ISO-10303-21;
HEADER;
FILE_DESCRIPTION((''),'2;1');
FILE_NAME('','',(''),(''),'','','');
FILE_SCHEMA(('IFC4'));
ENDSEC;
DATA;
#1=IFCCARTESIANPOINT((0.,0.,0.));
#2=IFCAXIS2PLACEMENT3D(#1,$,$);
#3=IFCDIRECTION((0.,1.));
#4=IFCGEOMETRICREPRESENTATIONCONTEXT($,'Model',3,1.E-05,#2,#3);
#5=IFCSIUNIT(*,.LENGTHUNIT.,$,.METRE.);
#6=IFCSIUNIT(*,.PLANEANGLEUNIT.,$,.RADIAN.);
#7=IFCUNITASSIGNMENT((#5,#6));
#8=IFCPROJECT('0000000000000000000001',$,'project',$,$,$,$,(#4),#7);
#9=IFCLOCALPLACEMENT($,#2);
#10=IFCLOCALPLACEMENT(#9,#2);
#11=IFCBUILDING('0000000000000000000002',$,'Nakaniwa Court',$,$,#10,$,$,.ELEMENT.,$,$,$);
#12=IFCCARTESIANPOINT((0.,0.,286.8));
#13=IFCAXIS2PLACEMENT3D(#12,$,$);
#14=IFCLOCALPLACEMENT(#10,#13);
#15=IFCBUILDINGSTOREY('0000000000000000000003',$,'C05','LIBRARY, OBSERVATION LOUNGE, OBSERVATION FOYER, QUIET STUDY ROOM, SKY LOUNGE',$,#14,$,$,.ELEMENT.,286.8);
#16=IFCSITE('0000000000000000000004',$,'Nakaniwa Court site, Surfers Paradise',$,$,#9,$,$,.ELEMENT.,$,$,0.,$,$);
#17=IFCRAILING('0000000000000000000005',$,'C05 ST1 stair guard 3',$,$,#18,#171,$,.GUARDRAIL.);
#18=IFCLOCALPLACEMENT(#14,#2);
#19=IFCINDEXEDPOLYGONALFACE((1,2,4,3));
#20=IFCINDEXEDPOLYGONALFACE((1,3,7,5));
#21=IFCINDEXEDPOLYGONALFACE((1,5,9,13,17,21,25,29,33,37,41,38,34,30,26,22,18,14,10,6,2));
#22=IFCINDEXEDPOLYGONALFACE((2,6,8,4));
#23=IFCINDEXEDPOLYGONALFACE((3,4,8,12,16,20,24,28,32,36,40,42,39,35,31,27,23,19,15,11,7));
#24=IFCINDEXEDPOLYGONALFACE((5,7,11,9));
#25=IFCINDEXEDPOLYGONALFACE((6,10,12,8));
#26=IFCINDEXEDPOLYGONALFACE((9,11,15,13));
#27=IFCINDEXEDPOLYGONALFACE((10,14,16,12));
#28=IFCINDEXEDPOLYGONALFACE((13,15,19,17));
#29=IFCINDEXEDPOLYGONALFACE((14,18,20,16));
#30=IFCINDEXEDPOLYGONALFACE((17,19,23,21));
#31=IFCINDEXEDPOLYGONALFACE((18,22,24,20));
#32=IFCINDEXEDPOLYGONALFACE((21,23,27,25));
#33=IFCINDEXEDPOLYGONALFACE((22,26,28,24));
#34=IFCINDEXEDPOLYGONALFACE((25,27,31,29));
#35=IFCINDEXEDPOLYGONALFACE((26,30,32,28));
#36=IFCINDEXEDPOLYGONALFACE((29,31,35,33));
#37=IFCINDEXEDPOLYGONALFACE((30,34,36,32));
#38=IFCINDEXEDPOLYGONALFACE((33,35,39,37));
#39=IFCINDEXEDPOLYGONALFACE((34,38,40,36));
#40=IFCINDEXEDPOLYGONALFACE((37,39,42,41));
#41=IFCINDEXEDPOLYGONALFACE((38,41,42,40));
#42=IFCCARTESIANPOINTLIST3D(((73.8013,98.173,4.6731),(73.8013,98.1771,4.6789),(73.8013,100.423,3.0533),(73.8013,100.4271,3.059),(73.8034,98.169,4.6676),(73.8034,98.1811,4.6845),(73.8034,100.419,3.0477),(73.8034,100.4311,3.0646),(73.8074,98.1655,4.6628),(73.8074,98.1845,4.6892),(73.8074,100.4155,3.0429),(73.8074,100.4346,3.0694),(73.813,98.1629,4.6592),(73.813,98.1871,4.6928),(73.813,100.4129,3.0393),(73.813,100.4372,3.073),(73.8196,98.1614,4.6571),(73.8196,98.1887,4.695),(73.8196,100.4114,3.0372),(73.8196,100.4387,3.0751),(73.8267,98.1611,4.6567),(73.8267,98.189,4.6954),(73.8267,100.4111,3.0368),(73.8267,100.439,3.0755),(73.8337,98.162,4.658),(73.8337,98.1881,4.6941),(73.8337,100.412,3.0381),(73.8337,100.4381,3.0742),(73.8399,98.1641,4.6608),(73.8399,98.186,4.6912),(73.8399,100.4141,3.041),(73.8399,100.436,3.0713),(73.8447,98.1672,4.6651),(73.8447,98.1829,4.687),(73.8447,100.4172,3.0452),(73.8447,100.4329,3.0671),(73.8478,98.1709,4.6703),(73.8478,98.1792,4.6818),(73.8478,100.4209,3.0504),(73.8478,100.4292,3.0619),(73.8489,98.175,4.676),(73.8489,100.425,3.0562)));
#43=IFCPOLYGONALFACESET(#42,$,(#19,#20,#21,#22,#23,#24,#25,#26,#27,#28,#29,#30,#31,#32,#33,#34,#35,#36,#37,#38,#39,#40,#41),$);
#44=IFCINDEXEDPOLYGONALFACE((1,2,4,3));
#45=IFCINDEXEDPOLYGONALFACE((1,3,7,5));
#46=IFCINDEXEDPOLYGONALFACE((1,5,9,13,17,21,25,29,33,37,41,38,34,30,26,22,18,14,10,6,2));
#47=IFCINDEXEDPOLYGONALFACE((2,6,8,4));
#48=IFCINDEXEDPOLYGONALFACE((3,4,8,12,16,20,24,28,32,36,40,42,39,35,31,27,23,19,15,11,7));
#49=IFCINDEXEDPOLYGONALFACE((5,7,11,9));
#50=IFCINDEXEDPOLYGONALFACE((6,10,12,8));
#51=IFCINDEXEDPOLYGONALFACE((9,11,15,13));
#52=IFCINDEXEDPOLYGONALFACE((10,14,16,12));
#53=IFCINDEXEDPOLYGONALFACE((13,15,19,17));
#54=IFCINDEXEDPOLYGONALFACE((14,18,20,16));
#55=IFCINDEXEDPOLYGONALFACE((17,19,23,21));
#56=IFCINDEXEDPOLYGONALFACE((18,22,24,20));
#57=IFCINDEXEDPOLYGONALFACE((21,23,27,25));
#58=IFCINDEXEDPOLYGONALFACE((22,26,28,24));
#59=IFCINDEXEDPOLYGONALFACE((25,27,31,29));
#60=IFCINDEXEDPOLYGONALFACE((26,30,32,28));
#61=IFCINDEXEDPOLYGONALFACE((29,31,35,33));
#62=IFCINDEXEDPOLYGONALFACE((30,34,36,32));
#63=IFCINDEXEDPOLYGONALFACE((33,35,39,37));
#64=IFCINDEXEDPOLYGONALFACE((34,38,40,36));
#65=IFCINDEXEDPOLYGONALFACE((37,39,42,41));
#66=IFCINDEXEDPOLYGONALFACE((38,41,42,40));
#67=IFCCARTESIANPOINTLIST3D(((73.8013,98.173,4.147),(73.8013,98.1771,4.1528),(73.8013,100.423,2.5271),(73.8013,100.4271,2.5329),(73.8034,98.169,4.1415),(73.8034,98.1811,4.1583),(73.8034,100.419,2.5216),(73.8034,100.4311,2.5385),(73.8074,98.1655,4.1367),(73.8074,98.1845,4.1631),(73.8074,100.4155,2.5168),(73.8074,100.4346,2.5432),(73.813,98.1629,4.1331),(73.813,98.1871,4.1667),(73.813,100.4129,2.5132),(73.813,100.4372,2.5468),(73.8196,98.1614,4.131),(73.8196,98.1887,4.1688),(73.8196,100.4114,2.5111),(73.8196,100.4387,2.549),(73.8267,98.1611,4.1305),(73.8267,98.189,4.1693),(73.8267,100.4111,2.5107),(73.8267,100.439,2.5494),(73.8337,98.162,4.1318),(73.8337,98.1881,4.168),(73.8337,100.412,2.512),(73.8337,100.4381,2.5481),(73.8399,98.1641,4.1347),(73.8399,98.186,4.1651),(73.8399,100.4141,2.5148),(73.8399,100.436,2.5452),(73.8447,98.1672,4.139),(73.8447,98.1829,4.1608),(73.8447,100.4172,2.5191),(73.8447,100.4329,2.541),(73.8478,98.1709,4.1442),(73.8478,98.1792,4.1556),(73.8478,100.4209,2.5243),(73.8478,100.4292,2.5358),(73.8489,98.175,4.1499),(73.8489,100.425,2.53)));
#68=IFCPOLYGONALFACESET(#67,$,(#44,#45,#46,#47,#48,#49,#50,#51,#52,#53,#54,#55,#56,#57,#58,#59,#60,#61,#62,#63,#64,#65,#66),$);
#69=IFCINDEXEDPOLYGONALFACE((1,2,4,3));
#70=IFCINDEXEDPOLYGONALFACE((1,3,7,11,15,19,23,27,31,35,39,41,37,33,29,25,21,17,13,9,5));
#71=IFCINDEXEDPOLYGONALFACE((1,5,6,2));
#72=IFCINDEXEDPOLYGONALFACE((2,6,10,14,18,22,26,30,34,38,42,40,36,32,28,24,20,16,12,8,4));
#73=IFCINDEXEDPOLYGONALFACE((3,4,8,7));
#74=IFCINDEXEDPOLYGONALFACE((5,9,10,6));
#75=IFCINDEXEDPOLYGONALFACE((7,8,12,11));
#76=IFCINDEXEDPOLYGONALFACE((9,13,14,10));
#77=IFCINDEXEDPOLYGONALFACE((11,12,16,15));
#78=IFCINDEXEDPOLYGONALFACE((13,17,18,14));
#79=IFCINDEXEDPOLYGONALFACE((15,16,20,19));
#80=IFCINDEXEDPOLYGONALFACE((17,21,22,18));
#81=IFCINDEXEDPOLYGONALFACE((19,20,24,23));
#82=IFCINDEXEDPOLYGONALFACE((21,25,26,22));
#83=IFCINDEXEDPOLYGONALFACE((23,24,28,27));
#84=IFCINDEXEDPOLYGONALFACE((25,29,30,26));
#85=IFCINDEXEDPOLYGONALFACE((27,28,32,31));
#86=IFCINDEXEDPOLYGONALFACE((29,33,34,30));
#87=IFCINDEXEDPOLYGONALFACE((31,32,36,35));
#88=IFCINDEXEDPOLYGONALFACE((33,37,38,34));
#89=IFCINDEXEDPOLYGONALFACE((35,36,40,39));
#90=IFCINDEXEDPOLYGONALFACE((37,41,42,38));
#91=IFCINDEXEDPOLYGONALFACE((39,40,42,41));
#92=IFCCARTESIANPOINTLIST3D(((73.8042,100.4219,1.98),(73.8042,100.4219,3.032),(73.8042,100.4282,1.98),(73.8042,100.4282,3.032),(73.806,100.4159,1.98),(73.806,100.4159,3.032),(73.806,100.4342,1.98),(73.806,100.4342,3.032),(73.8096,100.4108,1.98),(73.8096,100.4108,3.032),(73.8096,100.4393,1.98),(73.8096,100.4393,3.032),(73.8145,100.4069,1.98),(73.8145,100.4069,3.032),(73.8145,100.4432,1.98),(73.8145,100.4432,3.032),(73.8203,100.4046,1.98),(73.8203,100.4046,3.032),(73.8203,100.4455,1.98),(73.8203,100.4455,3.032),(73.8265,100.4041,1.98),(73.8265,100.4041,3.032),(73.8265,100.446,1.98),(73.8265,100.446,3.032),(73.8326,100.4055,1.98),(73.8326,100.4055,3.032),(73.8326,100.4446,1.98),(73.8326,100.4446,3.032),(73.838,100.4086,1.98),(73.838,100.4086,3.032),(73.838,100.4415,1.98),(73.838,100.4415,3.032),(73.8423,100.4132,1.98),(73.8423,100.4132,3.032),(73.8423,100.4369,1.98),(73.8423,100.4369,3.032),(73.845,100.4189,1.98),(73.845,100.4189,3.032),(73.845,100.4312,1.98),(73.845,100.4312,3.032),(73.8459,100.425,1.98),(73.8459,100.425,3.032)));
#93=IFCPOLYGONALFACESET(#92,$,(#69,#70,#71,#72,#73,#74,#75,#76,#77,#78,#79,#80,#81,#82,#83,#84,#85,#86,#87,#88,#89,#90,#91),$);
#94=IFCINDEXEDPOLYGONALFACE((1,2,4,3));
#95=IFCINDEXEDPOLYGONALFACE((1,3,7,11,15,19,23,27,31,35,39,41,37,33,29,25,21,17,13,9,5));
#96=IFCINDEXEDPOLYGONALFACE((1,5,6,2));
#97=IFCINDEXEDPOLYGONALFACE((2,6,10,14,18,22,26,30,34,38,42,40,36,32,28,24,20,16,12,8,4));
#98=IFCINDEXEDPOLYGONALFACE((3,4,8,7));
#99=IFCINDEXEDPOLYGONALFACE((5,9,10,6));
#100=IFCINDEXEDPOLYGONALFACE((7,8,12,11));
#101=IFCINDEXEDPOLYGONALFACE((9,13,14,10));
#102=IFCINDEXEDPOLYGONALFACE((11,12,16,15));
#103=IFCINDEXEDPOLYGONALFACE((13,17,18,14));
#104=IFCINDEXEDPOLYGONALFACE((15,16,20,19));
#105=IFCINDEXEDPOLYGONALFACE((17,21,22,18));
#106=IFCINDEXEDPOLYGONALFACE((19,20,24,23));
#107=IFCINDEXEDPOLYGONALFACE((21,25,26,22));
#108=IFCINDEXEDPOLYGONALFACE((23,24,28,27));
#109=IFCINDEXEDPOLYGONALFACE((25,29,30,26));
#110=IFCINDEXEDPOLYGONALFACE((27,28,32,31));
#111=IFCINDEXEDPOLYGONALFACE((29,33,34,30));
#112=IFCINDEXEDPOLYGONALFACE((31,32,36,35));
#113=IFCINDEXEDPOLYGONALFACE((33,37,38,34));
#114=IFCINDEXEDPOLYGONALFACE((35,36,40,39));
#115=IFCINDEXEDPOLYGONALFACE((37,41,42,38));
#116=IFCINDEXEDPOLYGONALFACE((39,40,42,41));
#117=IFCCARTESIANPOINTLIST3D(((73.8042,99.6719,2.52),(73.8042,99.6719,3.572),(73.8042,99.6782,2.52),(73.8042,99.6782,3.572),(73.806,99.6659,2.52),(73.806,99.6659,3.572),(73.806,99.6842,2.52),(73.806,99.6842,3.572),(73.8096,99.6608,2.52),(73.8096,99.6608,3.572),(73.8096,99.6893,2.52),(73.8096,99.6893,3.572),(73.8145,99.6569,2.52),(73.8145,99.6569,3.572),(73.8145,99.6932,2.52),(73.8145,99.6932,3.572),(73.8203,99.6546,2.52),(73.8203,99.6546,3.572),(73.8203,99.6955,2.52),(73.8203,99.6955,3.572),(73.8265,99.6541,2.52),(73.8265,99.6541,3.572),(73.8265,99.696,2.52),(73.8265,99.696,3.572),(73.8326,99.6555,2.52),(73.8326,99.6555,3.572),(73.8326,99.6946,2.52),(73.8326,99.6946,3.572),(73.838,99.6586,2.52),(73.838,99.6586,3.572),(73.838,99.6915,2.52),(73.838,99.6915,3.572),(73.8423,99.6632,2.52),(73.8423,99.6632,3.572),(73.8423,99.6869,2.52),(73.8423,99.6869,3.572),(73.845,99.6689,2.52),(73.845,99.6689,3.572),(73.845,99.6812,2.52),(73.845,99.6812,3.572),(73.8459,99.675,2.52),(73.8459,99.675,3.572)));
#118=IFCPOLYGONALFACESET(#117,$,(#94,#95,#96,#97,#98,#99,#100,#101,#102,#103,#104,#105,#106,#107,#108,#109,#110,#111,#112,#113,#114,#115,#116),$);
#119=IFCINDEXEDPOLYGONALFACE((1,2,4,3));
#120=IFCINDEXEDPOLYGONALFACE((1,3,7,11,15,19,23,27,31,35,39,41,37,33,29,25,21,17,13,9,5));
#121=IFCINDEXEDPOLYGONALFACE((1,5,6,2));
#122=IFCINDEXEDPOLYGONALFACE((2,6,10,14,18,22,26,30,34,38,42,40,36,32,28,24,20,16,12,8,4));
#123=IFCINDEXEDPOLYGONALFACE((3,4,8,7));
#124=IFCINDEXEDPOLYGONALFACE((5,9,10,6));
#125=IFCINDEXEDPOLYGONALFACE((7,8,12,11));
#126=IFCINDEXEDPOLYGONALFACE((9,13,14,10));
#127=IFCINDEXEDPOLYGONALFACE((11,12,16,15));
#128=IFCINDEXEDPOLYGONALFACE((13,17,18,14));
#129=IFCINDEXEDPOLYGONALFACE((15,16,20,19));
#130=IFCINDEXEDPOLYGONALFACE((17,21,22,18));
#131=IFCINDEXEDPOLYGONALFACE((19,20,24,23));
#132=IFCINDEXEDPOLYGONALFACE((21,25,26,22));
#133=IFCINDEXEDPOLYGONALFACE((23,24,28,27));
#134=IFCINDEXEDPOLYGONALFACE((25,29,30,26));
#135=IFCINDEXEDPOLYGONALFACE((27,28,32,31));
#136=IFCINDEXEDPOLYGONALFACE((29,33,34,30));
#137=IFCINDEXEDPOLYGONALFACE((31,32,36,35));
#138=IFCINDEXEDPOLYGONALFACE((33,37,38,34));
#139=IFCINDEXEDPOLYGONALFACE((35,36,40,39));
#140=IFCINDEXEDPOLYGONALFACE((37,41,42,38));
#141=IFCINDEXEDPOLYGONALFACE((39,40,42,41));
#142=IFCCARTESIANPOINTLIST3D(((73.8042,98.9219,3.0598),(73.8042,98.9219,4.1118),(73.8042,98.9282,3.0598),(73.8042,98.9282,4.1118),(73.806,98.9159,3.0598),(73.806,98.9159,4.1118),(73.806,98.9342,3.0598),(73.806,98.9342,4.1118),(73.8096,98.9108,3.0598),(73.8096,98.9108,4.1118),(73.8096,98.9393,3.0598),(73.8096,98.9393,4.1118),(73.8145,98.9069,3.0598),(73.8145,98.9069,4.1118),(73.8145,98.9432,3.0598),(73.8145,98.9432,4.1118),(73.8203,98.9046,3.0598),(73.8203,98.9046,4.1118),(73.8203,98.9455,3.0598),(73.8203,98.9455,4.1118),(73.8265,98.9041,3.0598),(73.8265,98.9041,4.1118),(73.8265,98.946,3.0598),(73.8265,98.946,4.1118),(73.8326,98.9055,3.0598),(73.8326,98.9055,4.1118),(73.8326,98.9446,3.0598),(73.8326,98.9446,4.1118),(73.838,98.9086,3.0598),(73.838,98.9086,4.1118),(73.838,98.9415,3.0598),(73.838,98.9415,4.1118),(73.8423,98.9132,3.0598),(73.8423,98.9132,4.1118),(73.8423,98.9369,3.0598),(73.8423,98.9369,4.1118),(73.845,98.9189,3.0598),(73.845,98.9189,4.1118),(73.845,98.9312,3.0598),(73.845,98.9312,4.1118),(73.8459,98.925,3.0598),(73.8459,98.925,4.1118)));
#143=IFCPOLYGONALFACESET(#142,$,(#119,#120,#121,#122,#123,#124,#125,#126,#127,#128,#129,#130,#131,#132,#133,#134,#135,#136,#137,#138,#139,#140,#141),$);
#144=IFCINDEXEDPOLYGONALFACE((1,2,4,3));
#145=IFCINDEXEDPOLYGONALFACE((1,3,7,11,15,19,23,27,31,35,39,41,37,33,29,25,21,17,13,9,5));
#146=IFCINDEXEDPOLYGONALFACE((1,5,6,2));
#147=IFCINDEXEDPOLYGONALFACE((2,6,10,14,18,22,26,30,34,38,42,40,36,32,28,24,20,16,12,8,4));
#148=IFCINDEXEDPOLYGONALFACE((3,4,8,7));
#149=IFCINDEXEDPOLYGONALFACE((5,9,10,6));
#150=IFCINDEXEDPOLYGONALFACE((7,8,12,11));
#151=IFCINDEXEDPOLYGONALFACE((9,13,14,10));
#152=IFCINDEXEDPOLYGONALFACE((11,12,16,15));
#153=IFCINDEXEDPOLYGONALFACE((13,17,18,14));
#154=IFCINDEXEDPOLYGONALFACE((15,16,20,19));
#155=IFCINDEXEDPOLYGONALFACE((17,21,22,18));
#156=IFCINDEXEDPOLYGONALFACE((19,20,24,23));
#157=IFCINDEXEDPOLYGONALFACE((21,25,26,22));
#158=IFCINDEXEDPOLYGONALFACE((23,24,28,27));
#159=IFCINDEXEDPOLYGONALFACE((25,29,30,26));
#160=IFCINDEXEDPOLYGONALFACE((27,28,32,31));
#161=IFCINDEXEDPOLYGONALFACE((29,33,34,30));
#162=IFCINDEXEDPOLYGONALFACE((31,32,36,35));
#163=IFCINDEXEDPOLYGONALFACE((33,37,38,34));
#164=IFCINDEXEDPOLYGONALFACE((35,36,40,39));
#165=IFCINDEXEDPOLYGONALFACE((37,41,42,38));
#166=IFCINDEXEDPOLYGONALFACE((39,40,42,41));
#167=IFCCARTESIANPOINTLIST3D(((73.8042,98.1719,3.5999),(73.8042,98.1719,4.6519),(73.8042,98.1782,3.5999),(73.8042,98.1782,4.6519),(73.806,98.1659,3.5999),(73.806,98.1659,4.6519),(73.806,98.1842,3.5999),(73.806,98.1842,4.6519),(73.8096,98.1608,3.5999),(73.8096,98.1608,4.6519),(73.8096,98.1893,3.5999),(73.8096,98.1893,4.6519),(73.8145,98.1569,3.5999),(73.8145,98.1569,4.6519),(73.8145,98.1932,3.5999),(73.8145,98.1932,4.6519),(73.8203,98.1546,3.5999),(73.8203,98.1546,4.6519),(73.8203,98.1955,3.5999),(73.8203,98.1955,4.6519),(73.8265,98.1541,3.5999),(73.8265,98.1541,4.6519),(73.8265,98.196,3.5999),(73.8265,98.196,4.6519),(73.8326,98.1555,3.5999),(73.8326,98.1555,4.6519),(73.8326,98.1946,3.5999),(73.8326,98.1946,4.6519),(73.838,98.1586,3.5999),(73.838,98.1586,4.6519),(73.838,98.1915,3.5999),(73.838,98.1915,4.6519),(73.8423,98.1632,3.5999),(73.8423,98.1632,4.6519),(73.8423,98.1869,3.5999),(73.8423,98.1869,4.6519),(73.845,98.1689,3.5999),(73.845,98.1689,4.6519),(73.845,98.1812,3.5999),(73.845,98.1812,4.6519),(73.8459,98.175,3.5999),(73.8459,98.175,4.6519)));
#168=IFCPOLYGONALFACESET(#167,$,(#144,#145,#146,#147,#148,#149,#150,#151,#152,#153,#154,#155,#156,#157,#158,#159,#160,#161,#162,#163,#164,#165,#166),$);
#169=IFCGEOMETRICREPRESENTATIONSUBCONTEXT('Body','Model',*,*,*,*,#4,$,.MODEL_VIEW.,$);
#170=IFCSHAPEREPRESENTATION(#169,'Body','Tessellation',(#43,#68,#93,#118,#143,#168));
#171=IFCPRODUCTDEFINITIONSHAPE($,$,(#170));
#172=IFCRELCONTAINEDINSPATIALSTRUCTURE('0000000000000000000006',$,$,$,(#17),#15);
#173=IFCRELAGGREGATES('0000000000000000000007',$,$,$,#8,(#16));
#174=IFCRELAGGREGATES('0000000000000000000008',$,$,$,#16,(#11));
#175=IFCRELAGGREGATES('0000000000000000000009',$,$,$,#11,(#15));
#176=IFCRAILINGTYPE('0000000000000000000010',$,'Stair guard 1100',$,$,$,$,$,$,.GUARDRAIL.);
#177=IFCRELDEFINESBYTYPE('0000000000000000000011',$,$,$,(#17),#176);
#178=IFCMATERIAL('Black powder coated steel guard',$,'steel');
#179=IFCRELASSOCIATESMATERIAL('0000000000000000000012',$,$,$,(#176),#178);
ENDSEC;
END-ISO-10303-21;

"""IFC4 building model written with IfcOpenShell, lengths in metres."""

from ifc_helpers import new_model, si_unit, direction, frame, origin, origin_2d, place, context, subcontext, project, spatial, circle, extrude, material, type_object, element, save


model = new_model("IFC4")

# Units and contexts
model_context = context("Model", 3, precision=1e-05, world=origin(), true_north=direction((0.0, 1.0)))
body_context = subcontext(model_context, "Body", "Model", "MODEL_VIEW")
ifc_project = project(units=[si_unit("LENGTHUNIT", "METRE"), si_unit("PLANEANGLEUNIT", "RADIAN")], contexts=[model_context])

# Site, building, storey
site_placement = place(None, origin())
site = spatial("IfcSite", under=ifc_project, at=site_placement, Name="Nakaniwa Court site, Surfers Paradise", CompositionType="ELEMENT", RefElevation=0.0)
building_placement = place(site_placement, origin())
building = spatial("IfcBuilding", under=site, at=building_placement, Name="Nakaniwa Court", CompositionType="ELEMENT")
storey_placement = place(building_placement, frame((0.0, 0.0, 286.8)))
storey = spatial("IfcBuildingStorey", under=building, at=storey_placement, Name="C05", Description="LIBRARY, OBSERVATION LOUNGE, OBSERVATION FOYER, QUIET STUDY ROOM, SKY LOUNGE", CompositionType="ELEMENT", Elevation=286.8)

# Railing
ifc_material_1 = material(Name="Black powder coated steel guard", Category="steel")
railing_type_1 = type_object("IfcRailingType", Name="Stair guard 1100", PredefinedType="GUARDRAIL", material=ifc_material_1)
railing_1_placement = place(storey_placement, frame((73.825, 100.425, 1.98)))
element("IfcRailing", 1, at=railing_1_placement, inside=storey, type_object=railing_type_1, Name="C05 ST1 stair guard 3", PredefinedType="GUARDRAIL", context=body_context, shape_type="SweptSolid", body=[
    extrude(circle(Radius=0.0239, at=origin_2d()), frame((0.0, 0.0, 1.0762), z_axis=(0.0, -0.811556, 0.584275), x_axis=(1.0, 0.0, 0.0)), (0.0, 0.0, 1.0), 2.7725),
    extrude(circle(Radius=0.0239, at=origin_2d()), frame((0.0, 0.0, 0.55), z_axis=(0.0, -0.811556, 0.584275), x_axis=(1.0, 0.0, 0.0)), (0.0, 0.0, 1.0), 2.7725),
    extrude(circle(Radius=0.021, at=origin_2d()), origin(), (0.0, 0.0, 1.0), 1.052),
    extrude(circle(Radius=0.021, at=origin_2d()), frame((0.0, -0.75, 0.54)), (0.0, 0.0, 1.0), 1.052),
    extrude(circle(Radius=0.021, at=origin_2d()), frame((0.0, -1.5, 1.0798)), (0.0, 0.0, 1.0), 1.052),
    extrude(circle(Radius=0.021, at=origin_2d()), frame((0.0, -2.25, 1.6199)), (0.0, 0.0, 1.0), 1.052),
])

save(model, "model.ifc")
